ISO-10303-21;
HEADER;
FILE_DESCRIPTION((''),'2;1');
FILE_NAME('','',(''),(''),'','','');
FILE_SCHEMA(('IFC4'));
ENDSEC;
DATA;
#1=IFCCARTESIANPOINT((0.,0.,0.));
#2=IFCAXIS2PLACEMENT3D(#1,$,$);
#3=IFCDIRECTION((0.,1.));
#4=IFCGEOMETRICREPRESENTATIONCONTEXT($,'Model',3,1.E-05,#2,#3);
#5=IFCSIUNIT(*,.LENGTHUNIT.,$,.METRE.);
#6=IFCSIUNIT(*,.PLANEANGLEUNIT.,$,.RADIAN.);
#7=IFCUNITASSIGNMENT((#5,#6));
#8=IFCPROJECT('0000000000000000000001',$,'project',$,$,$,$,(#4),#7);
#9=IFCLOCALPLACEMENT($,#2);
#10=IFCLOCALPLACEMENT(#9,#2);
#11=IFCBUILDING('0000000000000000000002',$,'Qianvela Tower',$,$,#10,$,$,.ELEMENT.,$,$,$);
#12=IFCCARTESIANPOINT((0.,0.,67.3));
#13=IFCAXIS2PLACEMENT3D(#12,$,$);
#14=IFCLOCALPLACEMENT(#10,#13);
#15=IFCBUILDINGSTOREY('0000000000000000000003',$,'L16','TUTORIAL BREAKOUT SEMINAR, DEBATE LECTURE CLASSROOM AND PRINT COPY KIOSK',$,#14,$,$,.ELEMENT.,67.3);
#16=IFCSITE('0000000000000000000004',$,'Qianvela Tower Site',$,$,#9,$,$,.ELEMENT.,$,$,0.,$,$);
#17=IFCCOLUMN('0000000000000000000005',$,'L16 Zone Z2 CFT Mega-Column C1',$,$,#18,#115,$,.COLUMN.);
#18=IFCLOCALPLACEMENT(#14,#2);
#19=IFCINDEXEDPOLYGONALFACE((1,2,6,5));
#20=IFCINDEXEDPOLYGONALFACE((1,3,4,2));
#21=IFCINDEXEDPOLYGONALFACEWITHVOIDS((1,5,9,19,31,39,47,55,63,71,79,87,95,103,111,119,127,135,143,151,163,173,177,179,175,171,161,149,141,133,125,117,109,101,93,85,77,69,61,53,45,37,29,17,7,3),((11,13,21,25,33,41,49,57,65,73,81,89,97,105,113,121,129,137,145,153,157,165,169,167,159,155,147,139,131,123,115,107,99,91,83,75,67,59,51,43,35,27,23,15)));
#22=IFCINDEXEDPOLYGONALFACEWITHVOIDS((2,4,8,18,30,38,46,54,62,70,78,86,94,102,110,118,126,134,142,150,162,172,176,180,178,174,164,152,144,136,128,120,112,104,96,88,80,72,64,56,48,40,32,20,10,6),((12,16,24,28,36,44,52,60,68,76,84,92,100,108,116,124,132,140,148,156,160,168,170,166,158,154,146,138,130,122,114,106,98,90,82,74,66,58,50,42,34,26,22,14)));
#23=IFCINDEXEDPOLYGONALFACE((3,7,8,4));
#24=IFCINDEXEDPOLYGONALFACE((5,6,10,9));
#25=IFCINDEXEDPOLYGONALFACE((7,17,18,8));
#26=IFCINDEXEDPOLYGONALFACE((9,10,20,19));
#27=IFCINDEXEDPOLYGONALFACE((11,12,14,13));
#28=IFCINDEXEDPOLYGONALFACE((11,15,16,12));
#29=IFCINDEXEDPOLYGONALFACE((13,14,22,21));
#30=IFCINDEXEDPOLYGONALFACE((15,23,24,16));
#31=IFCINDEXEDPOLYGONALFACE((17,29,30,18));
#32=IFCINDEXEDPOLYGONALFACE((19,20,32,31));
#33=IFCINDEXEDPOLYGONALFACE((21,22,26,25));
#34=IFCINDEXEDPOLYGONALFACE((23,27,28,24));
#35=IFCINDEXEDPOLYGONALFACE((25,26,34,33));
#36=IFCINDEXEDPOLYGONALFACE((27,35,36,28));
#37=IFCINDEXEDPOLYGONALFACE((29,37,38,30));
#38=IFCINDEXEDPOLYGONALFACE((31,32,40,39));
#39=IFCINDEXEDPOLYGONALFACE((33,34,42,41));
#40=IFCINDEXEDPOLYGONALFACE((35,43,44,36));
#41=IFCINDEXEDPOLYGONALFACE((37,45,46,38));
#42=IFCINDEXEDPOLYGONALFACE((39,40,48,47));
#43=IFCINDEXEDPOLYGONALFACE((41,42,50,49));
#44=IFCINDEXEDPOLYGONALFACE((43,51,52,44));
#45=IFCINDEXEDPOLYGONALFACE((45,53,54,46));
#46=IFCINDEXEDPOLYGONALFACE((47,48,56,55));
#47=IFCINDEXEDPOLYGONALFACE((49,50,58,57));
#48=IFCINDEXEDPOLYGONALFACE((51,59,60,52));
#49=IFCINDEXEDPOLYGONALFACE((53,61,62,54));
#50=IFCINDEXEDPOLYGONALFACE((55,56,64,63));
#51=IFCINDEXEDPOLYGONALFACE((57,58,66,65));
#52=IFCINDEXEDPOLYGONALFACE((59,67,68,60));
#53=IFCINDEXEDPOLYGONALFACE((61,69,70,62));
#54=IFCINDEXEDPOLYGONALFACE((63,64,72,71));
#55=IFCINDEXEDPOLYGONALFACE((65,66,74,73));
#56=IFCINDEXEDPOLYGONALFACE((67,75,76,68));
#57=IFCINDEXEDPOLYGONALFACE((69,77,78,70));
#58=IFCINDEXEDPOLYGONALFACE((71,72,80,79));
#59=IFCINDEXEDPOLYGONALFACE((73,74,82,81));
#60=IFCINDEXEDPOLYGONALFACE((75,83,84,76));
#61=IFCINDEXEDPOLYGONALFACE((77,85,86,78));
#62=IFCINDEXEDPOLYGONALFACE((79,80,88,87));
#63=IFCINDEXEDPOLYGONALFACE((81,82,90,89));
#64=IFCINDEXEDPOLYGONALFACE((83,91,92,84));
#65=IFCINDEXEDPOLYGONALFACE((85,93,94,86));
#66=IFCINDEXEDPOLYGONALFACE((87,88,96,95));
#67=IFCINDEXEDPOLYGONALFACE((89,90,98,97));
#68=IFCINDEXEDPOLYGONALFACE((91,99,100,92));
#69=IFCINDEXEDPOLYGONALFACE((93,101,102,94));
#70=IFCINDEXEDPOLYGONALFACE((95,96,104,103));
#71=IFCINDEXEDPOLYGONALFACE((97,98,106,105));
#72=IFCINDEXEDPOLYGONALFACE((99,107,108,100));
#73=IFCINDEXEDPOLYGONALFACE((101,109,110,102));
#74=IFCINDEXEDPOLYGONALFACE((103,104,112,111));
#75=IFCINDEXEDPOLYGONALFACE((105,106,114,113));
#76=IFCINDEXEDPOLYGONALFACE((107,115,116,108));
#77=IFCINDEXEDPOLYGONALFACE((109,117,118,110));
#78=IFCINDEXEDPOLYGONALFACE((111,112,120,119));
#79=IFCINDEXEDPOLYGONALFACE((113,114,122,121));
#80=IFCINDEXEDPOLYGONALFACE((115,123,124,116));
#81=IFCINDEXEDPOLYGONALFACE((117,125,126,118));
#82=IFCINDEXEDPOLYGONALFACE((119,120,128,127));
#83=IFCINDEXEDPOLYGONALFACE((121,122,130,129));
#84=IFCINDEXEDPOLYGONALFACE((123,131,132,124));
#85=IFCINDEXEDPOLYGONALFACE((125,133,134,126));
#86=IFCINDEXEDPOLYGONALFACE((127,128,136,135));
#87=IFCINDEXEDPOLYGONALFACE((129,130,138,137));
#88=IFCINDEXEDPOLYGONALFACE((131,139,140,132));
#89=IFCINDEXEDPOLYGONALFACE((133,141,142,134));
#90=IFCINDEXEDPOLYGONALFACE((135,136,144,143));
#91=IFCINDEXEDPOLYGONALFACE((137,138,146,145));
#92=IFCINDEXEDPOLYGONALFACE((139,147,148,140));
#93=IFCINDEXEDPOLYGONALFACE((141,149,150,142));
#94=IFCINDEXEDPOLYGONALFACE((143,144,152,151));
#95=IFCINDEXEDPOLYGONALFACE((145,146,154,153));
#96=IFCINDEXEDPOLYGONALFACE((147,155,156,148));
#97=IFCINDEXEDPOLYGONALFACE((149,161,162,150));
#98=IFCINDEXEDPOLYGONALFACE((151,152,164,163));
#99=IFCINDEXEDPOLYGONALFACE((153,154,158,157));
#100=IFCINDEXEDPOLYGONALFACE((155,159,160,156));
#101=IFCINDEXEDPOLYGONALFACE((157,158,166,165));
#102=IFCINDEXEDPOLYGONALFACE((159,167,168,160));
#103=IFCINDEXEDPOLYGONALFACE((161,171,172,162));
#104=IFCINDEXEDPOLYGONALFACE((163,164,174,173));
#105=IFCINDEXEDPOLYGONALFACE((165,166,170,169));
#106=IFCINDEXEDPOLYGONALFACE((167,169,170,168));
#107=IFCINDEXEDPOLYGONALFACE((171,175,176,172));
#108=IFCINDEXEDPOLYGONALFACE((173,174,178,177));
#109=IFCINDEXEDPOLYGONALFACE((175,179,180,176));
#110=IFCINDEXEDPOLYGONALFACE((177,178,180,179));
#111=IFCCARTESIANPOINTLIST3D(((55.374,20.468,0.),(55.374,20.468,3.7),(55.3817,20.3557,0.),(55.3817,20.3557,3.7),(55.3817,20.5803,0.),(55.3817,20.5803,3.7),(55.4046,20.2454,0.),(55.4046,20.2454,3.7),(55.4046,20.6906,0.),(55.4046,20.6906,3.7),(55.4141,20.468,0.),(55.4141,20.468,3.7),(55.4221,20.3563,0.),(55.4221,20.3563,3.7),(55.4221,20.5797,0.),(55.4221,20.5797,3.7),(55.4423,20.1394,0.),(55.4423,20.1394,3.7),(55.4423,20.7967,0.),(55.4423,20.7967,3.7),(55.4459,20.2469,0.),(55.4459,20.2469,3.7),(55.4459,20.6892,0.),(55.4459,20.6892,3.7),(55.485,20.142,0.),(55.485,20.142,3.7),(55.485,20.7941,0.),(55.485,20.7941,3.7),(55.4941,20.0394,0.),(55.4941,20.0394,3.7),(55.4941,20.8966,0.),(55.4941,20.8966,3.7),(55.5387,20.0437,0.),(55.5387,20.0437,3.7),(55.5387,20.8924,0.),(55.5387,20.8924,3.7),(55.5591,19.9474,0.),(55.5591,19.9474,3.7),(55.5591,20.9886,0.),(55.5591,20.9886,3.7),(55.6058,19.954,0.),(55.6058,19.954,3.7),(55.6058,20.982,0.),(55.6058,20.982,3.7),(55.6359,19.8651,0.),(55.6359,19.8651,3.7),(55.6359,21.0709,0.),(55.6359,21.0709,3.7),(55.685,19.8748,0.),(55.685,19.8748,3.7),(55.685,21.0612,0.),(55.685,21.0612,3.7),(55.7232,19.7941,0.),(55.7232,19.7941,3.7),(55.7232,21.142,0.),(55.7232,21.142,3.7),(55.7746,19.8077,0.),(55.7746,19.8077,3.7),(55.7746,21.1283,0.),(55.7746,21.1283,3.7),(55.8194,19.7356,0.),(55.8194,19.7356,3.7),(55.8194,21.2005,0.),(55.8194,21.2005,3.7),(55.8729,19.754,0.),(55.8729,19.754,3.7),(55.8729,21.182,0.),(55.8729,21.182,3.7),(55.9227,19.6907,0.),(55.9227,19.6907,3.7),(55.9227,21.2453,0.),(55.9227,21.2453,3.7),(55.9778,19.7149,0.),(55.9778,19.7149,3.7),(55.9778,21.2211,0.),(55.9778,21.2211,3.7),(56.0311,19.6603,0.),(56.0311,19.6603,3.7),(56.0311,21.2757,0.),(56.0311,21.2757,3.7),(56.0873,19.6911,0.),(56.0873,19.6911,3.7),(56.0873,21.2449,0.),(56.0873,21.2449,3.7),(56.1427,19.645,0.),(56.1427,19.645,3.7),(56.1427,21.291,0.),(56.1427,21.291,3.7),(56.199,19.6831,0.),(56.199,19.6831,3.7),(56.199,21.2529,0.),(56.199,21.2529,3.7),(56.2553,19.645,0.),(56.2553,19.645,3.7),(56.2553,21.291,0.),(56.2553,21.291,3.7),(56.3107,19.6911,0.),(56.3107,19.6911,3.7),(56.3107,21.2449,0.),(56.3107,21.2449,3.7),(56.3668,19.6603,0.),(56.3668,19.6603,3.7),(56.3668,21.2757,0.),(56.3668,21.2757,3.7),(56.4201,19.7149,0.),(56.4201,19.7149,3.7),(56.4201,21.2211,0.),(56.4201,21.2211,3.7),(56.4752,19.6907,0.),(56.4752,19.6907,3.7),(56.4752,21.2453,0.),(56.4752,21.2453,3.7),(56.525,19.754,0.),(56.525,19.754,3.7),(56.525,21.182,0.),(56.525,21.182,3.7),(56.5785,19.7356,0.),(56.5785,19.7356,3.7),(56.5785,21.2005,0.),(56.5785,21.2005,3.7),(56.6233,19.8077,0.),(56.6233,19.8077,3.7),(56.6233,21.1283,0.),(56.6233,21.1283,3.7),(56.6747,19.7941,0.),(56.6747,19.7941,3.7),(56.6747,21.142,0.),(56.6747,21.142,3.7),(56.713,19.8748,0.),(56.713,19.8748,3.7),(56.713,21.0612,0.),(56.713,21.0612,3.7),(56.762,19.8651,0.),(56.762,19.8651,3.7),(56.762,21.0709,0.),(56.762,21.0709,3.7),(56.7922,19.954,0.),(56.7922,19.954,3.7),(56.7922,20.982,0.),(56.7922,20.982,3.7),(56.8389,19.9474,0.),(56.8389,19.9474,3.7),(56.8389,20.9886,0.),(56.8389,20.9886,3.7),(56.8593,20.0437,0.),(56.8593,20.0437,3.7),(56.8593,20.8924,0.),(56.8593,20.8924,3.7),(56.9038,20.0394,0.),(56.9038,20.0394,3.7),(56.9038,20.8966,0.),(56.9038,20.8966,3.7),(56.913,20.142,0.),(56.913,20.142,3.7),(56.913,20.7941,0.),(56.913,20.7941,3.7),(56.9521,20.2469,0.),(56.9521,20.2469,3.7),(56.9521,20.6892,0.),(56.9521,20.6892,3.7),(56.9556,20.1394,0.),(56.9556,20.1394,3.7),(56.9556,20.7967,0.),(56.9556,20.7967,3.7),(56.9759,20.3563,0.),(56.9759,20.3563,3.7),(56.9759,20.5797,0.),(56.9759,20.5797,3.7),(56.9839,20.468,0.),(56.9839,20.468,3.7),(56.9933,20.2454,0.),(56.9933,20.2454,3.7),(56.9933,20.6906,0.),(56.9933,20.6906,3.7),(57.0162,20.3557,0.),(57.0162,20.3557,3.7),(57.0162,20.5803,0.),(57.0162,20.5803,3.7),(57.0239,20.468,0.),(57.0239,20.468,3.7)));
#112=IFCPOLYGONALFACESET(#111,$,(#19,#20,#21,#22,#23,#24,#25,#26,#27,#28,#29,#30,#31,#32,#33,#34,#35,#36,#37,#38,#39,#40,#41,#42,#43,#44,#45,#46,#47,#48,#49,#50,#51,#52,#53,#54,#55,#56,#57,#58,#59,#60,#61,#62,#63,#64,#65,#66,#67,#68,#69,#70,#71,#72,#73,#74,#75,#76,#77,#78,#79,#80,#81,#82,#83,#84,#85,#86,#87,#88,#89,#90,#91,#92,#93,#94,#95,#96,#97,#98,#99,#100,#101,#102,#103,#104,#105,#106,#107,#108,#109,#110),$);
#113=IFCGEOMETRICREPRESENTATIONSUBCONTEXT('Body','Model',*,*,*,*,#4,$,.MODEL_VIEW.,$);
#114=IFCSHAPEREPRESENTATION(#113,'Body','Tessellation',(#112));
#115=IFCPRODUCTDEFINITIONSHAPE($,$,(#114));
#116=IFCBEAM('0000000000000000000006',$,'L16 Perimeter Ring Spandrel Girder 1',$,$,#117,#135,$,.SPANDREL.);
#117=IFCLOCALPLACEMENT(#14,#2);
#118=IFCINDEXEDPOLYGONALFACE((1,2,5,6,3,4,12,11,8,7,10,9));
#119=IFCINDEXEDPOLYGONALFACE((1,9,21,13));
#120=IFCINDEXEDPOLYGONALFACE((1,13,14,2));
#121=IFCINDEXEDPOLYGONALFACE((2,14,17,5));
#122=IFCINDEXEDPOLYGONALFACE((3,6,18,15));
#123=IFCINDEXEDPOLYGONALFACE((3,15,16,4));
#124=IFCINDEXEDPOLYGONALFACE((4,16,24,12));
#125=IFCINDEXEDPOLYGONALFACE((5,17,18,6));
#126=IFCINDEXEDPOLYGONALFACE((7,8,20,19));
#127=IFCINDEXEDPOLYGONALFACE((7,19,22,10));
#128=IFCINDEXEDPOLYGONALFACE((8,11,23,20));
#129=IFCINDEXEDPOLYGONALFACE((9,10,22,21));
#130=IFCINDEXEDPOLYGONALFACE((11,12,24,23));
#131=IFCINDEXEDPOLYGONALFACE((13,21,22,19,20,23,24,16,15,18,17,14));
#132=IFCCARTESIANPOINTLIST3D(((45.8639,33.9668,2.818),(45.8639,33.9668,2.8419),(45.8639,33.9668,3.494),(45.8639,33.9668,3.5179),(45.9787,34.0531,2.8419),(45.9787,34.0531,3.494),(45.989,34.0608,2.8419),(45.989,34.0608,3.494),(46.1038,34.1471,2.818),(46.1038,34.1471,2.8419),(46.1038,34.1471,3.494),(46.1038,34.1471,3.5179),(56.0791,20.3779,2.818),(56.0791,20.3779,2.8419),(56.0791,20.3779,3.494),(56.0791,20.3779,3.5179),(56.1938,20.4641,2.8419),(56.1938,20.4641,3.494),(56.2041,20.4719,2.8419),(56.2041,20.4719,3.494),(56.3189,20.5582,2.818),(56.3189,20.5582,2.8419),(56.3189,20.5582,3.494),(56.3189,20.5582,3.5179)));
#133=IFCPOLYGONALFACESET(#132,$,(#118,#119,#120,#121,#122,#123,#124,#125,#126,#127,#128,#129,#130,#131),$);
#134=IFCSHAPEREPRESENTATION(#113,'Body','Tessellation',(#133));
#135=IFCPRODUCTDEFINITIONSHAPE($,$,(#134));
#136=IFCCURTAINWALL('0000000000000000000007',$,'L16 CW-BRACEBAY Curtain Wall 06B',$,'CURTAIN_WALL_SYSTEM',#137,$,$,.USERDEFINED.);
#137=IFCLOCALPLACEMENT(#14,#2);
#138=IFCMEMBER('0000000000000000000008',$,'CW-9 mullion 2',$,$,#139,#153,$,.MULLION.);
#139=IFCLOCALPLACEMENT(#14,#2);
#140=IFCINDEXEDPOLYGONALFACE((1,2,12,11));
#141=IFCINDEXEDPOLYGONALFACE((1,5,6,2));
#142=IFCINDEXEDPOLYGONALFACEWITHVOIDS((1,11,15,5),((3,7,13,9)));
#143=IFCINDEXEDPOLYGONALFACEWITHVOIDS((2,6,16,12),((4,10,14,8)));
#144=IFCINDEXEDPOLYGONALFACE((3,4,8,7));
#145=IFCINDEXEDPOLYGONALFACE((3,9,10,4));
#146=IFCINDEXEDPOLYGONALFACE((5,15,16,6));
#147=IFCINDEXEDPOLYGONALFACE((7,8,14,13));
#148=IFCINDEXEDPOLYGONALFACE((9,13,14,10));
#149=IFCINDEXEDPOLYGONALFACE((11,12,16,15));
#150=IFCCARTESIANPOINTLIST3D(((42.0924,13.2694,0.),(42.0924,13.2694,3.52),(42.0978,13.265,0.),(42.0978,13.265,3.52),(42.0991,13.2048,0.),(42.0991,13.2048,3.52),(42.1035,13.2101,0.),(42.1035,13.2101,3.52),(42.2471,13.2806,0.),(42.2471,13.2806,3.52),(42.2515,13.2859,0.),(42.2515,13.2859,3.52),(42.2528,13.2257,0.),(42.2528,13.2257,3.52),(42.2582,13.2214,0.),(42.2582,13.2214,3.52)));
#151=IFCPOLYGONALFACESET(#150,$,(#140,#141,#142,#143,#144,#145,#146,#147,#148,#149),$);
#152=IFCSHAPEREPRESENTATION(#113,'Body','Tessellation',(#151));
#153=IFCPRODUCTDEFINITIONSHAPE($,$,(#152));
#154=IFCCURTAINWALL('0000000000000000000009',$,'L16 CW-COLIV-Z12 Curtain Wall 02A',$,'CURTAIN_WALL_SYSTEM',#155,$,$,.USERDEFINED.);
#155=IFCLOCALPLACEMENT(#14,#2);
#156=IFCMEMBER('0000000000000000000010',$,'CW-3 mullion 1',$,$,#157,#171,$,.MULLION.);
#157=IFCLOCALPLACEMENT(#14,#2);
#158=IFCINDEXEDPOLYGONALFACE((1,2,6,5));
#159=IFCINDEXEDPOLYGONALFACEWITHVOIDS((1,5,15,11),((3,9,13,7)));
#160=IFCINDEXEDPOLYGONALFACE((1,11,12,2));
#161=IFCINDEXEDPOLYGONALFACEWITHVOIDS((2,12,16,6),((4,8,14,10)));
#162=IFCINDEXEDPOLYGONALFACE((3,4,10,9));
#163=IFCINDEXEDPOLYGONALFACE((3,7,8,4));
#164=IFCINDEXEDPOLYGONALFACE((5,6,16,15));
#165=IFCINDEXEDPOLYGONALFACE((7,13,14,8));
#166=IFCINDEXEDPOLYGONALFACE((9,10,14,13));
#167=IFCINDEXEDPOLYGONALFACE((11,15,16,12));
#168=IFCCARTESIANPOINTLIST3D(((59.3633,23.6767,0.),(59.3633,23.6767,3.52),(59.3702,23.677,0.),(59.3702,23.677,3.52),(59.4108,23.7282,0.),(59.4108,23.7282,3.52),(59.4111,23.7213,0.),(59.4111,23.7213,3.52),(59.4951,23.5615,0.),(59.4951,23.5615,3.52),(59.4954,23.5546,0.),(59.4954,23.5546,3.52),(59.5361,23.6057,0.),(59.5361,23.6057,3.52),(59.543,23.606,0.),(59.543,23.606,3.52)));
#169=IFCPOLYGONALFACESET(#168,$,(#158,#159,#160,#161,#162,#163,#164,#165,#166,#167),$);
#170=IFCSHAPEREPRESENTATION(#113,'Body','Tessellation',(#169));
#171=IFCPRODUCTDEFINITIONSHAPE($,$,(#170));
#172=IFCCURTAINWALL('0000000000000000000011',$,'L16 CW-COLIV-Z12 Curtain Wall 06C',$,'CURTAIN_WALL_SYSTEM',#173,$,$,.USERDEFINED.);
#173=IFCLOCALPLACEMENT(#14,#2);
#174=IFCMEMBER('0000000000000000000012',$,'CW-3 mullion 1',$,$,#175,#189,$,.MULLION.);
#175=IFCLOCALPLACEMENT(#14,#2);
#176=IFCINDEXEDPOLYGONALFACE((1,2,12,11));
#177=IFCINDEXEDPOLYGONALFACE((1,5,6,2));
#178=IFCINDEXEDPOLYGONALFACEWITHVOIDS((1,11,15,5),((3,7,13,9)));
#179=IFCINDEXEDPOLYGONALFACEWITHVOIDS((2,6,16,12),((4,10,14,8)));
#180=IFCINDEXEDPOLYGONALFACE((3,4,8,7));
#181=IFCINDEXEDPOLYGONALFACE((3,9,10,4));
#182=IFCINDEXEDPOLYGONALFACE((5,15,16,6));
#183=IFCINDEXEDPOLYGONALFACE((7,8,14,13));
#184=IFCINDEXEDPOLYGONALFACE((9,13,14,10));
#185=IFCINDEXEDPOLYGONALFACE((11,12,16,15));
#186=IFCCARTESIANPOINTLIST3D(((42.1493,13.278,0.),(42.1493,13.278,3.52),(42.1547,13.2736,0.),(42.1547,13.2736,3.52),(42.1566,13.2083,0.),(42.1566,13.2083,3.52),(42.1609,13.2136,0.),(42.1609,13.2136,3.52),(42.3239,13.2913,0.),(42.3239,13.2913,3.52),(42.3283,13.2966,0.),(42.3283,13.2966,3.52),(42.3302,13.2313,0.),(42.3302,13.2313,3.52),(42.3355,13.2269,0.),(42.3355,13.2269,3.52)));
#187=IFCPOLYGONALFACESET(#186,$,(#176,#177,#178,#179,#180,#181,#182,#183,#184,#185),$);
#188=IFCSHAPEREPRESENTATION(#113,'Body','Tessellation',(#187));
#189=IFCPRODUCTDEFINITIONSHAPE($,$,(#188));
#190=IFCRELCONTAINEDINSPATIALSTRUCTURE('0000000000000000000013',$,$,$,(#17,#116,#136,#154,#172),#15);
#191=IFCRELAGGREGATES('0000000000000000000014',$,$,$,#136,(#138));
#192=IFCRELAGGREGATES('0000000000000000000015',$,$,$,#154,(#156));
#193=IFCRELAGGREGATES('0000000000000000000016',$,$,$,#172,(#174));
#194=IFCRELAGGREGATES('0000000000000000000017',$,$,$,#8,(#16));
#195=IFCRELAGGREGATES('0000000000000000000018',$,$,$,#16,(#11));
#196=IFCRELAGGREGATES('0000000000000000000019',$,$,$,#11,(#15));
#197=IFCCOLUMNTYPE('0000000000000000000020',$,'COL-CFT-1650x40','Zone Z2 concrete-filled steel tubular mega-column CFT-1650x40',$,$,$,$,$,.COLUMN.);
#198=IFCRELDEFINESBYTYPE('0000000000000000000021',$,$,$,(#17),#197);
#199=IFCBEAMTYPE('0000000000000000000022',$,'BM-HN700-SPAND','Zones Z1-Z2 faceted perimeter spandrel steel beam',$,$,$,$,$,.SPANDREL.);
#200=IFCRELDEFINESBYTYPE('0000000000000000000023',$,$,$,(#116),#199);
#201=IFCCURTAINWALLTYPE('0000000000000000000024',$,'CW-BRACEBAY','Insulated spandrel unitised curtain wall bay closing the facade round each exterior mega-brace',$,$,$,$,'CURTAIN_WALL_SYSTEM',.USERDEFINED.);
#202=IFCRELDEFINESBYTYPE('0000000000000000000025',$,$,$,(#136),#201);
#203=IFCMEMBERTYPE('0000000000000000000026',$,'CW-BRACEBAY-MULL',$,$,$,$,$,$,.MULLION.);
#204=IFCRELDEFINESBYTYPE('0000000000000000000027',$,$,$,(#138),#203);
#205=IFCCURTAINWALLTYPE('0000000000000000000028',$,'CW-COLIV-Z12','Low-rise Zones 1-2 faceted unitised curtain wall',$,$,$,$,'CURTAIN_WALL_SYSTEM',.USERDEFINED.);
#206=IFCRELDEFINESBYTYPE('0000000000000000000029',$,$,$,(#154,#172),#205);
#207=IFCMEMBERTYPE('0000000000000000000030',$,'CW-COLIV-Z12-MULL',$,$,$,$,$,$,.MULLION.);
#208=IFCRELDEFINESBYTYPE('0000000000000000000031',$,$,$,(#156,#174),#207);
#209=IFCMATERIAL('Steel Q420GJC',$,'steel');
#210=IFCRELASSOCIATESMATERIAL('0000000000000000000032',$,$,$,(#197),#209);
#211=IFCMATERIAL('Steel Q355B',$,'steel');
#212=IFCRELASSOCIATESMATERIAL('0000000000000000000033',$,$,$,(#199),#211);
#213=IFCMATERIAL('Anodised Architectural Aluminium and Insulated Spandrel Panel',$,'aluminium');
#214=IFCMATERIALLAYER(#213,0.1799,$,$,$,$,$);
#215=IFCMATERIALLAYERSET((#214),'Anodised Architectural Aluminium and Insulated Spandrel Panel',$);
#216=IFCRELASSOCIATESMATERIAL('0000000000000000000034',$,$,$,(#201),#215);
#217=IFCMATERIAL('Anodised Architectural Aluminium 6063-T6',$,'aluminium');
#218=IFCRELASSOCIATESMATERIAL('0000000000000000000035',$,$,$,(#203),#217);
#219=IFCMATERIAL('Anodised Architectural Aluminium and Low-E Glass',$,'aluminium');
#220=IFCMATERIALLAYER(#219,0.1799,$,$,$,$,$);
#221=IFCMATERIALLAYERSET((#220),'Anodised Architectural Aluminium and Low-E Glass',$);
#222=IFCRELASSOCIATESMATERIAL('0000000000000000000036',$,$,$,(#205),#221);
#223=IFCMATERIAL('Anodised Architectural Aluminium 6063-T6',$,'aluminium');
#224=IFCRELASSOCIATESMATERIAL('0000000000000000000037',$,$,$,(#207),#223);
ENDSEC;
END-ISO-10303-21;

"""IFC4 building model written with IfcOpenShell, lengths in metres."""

from ifc_helpers import new_model, si_unit, direction, frame, origin, origin_2d, place, context, subcontext, project, spatial, hollow_rectangle, hollow_circle, i_section, extrude, material, layer, layer_set, material_profile, profile_set, type_object, element, aggregate, save


model = new_model("IFC4")

# Units and contexts
model_context = context("Model", 3, precision=1e-05, world=origin(), true_north=direction((0.0, 1.0)))
body_context = subcontext(model_context, "Body", "Model", "MODEL_VIEW")
ifc_project = project(units=[si_unit("LENGTHUNIT", "METRE"), si_unit("PLANEANGLEUNIT", "RADIAN")], contexts=[model_context])

# Site, building, storey
site_placement = place(None, origin())
site = spatial("IfcSite", under=ifc_project, at=site_placement, Name="Qianvela Tower Site", CompositionType="ELEMENT", RefElevation=0.0)
building_placement = place(site_placement, origin())
building = spatial("IfcBuilding", under=site, at=building_placement, Name="Qianvela Tower", CompositionType="ELEMENT")
storey_placement = place(building_placement, frame((0.0, 0.0, 67.3)))
storey = spatial("IfcBuildingStorey", under=building, at=storey_placement, Name="L16", Description="TUTORIAL BREAKOUT SEMINAR, DEBATE LECTURE CLASSROOM AND PRINT COPY KIOSK", CompositionType="ELEMENT", Elevation=67.3)

# Column
ifc_material_1 = material(Name="Steel Q420GJC", Category="steel")
ifc_material_profile_1 = material_profile(ifc_material_1, hollow_circle(Radius=0.825, WallThickness=0.04, at=origin_2d()), Name="CFT-1650x40")
ifc_profile_set_1 = profile_set([ifc_material_profile_1], Name="Steel Q420GJC")
column_type = type_object("IfcColumnType", Name="COL-CFT-1650x40", Description="Zone Z2 concrete-filled steel tubular mega-column CFT-1650x40", PredefinedType="COLUMN", material=ifc_profile_set_1)
column_placement = place(storey_placement, frame((56.199, 20.468, 0.0), z_axis=(0.0, 0.0, 1.0), x_axis=(1.0, 0.0, 0.0)))
element("IfcColumn", 1, at=column_placement, inside=storey, type_object=column_type, Name="L16 Zone Z2 CFT Mega-Column C1", PredefinedType="COLUMN", context=body_context, shape_type="SweptSolid", body=[
    extrude(hollow_circle(Radius=0.825, WallThickness=0.04, at=origin_2d()), origin(), (0.0, 0.0, 1.0), 3.7),
])

# Beam
ifc_material_2 = material(Name="Steel Q355B", Category="steel")
ifc_material_profile_2 = material_profile(ifc_material_2, i_section(OverallWidth=0.3, OverallDepth=0.7, WebThickness=0.0129, FlangeThickness=0.0239, at=origin_2d()), Name="HN700x300x13x24")
ifc_profile_set_2 = profile_set([ifc_material_profile_2], Name="Steel Q355B")
beam_type = type_object("IfcBeamType", Name="BM-HN700-SPAND", Description="Zones Z1-Z2 faceted perimeter spandrel steel beam", PredefinedType="SPANDREL", material=ifc_profile_set_2)
beam_placement = place(storey_placement, frame((56.199, 20.468, 3.168), z_axis=(-0.600882, 0.799338, 0.0), x_axis=(-0.799338, -0.600882, 0.0)))
element("IfcBeam", 2, at=beam_placement, inside=storey, type_object=beam_type, Name="L16 Perimeter Ring Spandrel Girder 1", PredefinedType="SPANDREL", context=body_context, shape_type="SweptSolid", body=[
    extrude(i_section(OverallWidth=0.3, OverallDepth=0.7, WebThickness=0.0129, FlangeThickness=0.0239, at=origin_2d()), origin(), (0.0, 0.0, 1.0), 17.0002),
])

# Curtain walls, members
ifc_material_3 = material(Name="Anodised Architectural Aluminium and Insulated Spandrel Panel", Category="aluminium")
ifc_layer_1 = layer(ifc_material_3, 0.1799)
ifc_layer_set_1 = layer_set([ifc_layer_1], Name="Anodised Architectural Aluminium and Insulated Spandrel Panel")
curtain_wall_type_1 = type_object("IfcCurtainWallType", Name="CW-BRACEBAY", Description="Insulated spandrel unitised curtain wall bay closing the facade round each exterior mega-brace", ElementType="CURTAIN_WALL_SYSTEM", PredefinedType="USERDEFINED", material=ifc_layer_set_1)
curtain_wall_1_placement = place(storey_placement, origin())
curtain_wall_1 = element("IfcCurtainWall", 3, at=curtain_wall_1_placement, inside=storey, type_object=curtain_wall_type_1, Name="L16 CW-BRACEBAY Curtain Wall 06B", ObjectType="CURTAIN_WALL_SYSTEM", PredefinedType="USERDEFINED")
ifc_material_4 = material(Name="Anodised Architectural Aluminium 6063-T6", Category="aluminium")
ifc_material_profile_3 = material_profile(ifc_material_4, hollow_rectangle(XDim=0.0649, YDim=0.1599, WallThickness=0.0049, at=origin_2d()), Name="ALU-MULL-65x160")
ifc_profile_set_3 = profile_set([ifc_material_profile_3], Name="Anodised Architectural Aluminium 6063-T6")
member_type_1 = type_object("IfcMemberType", Name="CW-BRACEBAY-MULL", PredefinedType="MULLION", material=ifc_profile_set_3)
member_1_placement = place(storey_placement, frame((42.1753, 13.2454, 0.0), z_axis=(0.0, 0.0, 1.0), x_axis=(-0.103704, 0.994608, 0.0)))
member_1 = element("IfcMember", 4, at=member_1_placement, type_object=member_type_1, Name="CW-9 mullion 2", PredefinedType="MULLION", context=body_context, shape_type="SweptSolid", body=[
    extrude(hollow_rectangle(XDim=0.0649, YDim=0.1599, WallThickness=0.0049, at=origin_2d()), origin(), (0.0, 0.0, 1.0), 3.52),
])
aggregate(curtain_wall_1, [member_1])
ifc_material_5 = material(Name="Anodised Architectural Aluminium and Low-E Glass", Category="aluminium")
ifc_layer_2 = layer(ifc_material_5, 0.1799)
ifc_layer_set_2 = layer_set([ifc_layer_2], Name="Anodised Architectural Aluminium and Low-E Glass")
curtain_wall_type_2 = type_object("IfcCurtainWallType", Name="CW-COLIV-Z12", Description="Low-rise Zones 1-2 faceted unitised curtain wall", ElementType="CURTAIN_WALL_SYSTEM", PredefinedType="USERDEFINED", material=ifc_layer_set_2)
curtain_wall_2_placement = place(storey_placement, origin())
curtain_wall_2 = element("IfcCurtainWall", 5, at=curtain_wall_2_placement, inside=storey, type_object=curtain_wall_type_2, Name="L16 CW-COLIV-Z12 Curtain Wall 02A", ObjectType="CURTAIN_WALL_SYSTEM", PredefinedType="USERDEFINED")
ifc_material_6 = material(Name="Anodised Architectural Aluminium 6063-T6", Category="aluminium")
ifc_material_profile_4 = material_profile(ifc_material_6, hollow_rectangle(XDim=0.0701, YDim=0.1799, WallThickness=0.0049, at=origin_2d()), Name="ALU-MULL-70x180")
ifc_profile_set_4 = profile_set([ifc_material_profile_4], Name="Anodised Architectural Aluminium 6063-T6")
member_type_2 = type_object("IfcMemberType", Name="CW-COLIV-Z12-MULL", PredefinedType="MULLION", material=ifc_profile_set_4)
member_2_placement = place(storey_placement, frame((59.4531, 23.6414, 0.0), z_axis=(0.0, 0.0, 1.0), x_axis=(-0.678843, -0.734283, 0.0)))
member_2 = element("IfcMember", 6, at=member_2_placement, type_object=member_type_2, Name="CW-3 mullion 1", PredefinedType="MULLION", context=body_context, shape_type="SweptSolid", body=[
    extrude(hollow_rectangle(XDim=0.0701, YDim=0.1799, WallThickness=0.0049, at=origin_2d()), origin(), (0.0, 0.0, 1.0), 3.52),
])

# Curtain wall, member
curtain_wall_3_placement = place(storey_placement, origin())
curtain_wall_3 = element("IfcCurtainWall", 7, at=curtain_wall_3_placement, inside=storey, type_object=curtain_wall_type_2, Name="L16 CW-COLIV-Z12 Curtain Wall 06C", ObjectType="CURTAIN_WALL_SYSTEM", PredefinedType="USERDEFINED")
member_3_placement = place(storey_placement, frame((42.2424, 13.2524, 0.0), z_axis=(0.0, 0.0, 1.0), x_axis=(-0.103713, 0.994607, 0.0)))
member_3 = element("IfcMember", 8, at=member_3_placement, type_object=member_type_2, Name="CW-3 mullion 1", PredefinedType="MULLION", context=body_context, shape_type="SweptSolid", body=[
    extrude(hollow_rectangle(XDim=0.0701, YDim=0.1799, WallThickness=0.0049, at=origin_2d()), origin(), (0.0, 0.0, 1.0), 3.52),
])

aggregate(curtain_wall_2, [member_2])
aggregate(curtain_wall_3, [member_3])

save(model, "model.ifc")
